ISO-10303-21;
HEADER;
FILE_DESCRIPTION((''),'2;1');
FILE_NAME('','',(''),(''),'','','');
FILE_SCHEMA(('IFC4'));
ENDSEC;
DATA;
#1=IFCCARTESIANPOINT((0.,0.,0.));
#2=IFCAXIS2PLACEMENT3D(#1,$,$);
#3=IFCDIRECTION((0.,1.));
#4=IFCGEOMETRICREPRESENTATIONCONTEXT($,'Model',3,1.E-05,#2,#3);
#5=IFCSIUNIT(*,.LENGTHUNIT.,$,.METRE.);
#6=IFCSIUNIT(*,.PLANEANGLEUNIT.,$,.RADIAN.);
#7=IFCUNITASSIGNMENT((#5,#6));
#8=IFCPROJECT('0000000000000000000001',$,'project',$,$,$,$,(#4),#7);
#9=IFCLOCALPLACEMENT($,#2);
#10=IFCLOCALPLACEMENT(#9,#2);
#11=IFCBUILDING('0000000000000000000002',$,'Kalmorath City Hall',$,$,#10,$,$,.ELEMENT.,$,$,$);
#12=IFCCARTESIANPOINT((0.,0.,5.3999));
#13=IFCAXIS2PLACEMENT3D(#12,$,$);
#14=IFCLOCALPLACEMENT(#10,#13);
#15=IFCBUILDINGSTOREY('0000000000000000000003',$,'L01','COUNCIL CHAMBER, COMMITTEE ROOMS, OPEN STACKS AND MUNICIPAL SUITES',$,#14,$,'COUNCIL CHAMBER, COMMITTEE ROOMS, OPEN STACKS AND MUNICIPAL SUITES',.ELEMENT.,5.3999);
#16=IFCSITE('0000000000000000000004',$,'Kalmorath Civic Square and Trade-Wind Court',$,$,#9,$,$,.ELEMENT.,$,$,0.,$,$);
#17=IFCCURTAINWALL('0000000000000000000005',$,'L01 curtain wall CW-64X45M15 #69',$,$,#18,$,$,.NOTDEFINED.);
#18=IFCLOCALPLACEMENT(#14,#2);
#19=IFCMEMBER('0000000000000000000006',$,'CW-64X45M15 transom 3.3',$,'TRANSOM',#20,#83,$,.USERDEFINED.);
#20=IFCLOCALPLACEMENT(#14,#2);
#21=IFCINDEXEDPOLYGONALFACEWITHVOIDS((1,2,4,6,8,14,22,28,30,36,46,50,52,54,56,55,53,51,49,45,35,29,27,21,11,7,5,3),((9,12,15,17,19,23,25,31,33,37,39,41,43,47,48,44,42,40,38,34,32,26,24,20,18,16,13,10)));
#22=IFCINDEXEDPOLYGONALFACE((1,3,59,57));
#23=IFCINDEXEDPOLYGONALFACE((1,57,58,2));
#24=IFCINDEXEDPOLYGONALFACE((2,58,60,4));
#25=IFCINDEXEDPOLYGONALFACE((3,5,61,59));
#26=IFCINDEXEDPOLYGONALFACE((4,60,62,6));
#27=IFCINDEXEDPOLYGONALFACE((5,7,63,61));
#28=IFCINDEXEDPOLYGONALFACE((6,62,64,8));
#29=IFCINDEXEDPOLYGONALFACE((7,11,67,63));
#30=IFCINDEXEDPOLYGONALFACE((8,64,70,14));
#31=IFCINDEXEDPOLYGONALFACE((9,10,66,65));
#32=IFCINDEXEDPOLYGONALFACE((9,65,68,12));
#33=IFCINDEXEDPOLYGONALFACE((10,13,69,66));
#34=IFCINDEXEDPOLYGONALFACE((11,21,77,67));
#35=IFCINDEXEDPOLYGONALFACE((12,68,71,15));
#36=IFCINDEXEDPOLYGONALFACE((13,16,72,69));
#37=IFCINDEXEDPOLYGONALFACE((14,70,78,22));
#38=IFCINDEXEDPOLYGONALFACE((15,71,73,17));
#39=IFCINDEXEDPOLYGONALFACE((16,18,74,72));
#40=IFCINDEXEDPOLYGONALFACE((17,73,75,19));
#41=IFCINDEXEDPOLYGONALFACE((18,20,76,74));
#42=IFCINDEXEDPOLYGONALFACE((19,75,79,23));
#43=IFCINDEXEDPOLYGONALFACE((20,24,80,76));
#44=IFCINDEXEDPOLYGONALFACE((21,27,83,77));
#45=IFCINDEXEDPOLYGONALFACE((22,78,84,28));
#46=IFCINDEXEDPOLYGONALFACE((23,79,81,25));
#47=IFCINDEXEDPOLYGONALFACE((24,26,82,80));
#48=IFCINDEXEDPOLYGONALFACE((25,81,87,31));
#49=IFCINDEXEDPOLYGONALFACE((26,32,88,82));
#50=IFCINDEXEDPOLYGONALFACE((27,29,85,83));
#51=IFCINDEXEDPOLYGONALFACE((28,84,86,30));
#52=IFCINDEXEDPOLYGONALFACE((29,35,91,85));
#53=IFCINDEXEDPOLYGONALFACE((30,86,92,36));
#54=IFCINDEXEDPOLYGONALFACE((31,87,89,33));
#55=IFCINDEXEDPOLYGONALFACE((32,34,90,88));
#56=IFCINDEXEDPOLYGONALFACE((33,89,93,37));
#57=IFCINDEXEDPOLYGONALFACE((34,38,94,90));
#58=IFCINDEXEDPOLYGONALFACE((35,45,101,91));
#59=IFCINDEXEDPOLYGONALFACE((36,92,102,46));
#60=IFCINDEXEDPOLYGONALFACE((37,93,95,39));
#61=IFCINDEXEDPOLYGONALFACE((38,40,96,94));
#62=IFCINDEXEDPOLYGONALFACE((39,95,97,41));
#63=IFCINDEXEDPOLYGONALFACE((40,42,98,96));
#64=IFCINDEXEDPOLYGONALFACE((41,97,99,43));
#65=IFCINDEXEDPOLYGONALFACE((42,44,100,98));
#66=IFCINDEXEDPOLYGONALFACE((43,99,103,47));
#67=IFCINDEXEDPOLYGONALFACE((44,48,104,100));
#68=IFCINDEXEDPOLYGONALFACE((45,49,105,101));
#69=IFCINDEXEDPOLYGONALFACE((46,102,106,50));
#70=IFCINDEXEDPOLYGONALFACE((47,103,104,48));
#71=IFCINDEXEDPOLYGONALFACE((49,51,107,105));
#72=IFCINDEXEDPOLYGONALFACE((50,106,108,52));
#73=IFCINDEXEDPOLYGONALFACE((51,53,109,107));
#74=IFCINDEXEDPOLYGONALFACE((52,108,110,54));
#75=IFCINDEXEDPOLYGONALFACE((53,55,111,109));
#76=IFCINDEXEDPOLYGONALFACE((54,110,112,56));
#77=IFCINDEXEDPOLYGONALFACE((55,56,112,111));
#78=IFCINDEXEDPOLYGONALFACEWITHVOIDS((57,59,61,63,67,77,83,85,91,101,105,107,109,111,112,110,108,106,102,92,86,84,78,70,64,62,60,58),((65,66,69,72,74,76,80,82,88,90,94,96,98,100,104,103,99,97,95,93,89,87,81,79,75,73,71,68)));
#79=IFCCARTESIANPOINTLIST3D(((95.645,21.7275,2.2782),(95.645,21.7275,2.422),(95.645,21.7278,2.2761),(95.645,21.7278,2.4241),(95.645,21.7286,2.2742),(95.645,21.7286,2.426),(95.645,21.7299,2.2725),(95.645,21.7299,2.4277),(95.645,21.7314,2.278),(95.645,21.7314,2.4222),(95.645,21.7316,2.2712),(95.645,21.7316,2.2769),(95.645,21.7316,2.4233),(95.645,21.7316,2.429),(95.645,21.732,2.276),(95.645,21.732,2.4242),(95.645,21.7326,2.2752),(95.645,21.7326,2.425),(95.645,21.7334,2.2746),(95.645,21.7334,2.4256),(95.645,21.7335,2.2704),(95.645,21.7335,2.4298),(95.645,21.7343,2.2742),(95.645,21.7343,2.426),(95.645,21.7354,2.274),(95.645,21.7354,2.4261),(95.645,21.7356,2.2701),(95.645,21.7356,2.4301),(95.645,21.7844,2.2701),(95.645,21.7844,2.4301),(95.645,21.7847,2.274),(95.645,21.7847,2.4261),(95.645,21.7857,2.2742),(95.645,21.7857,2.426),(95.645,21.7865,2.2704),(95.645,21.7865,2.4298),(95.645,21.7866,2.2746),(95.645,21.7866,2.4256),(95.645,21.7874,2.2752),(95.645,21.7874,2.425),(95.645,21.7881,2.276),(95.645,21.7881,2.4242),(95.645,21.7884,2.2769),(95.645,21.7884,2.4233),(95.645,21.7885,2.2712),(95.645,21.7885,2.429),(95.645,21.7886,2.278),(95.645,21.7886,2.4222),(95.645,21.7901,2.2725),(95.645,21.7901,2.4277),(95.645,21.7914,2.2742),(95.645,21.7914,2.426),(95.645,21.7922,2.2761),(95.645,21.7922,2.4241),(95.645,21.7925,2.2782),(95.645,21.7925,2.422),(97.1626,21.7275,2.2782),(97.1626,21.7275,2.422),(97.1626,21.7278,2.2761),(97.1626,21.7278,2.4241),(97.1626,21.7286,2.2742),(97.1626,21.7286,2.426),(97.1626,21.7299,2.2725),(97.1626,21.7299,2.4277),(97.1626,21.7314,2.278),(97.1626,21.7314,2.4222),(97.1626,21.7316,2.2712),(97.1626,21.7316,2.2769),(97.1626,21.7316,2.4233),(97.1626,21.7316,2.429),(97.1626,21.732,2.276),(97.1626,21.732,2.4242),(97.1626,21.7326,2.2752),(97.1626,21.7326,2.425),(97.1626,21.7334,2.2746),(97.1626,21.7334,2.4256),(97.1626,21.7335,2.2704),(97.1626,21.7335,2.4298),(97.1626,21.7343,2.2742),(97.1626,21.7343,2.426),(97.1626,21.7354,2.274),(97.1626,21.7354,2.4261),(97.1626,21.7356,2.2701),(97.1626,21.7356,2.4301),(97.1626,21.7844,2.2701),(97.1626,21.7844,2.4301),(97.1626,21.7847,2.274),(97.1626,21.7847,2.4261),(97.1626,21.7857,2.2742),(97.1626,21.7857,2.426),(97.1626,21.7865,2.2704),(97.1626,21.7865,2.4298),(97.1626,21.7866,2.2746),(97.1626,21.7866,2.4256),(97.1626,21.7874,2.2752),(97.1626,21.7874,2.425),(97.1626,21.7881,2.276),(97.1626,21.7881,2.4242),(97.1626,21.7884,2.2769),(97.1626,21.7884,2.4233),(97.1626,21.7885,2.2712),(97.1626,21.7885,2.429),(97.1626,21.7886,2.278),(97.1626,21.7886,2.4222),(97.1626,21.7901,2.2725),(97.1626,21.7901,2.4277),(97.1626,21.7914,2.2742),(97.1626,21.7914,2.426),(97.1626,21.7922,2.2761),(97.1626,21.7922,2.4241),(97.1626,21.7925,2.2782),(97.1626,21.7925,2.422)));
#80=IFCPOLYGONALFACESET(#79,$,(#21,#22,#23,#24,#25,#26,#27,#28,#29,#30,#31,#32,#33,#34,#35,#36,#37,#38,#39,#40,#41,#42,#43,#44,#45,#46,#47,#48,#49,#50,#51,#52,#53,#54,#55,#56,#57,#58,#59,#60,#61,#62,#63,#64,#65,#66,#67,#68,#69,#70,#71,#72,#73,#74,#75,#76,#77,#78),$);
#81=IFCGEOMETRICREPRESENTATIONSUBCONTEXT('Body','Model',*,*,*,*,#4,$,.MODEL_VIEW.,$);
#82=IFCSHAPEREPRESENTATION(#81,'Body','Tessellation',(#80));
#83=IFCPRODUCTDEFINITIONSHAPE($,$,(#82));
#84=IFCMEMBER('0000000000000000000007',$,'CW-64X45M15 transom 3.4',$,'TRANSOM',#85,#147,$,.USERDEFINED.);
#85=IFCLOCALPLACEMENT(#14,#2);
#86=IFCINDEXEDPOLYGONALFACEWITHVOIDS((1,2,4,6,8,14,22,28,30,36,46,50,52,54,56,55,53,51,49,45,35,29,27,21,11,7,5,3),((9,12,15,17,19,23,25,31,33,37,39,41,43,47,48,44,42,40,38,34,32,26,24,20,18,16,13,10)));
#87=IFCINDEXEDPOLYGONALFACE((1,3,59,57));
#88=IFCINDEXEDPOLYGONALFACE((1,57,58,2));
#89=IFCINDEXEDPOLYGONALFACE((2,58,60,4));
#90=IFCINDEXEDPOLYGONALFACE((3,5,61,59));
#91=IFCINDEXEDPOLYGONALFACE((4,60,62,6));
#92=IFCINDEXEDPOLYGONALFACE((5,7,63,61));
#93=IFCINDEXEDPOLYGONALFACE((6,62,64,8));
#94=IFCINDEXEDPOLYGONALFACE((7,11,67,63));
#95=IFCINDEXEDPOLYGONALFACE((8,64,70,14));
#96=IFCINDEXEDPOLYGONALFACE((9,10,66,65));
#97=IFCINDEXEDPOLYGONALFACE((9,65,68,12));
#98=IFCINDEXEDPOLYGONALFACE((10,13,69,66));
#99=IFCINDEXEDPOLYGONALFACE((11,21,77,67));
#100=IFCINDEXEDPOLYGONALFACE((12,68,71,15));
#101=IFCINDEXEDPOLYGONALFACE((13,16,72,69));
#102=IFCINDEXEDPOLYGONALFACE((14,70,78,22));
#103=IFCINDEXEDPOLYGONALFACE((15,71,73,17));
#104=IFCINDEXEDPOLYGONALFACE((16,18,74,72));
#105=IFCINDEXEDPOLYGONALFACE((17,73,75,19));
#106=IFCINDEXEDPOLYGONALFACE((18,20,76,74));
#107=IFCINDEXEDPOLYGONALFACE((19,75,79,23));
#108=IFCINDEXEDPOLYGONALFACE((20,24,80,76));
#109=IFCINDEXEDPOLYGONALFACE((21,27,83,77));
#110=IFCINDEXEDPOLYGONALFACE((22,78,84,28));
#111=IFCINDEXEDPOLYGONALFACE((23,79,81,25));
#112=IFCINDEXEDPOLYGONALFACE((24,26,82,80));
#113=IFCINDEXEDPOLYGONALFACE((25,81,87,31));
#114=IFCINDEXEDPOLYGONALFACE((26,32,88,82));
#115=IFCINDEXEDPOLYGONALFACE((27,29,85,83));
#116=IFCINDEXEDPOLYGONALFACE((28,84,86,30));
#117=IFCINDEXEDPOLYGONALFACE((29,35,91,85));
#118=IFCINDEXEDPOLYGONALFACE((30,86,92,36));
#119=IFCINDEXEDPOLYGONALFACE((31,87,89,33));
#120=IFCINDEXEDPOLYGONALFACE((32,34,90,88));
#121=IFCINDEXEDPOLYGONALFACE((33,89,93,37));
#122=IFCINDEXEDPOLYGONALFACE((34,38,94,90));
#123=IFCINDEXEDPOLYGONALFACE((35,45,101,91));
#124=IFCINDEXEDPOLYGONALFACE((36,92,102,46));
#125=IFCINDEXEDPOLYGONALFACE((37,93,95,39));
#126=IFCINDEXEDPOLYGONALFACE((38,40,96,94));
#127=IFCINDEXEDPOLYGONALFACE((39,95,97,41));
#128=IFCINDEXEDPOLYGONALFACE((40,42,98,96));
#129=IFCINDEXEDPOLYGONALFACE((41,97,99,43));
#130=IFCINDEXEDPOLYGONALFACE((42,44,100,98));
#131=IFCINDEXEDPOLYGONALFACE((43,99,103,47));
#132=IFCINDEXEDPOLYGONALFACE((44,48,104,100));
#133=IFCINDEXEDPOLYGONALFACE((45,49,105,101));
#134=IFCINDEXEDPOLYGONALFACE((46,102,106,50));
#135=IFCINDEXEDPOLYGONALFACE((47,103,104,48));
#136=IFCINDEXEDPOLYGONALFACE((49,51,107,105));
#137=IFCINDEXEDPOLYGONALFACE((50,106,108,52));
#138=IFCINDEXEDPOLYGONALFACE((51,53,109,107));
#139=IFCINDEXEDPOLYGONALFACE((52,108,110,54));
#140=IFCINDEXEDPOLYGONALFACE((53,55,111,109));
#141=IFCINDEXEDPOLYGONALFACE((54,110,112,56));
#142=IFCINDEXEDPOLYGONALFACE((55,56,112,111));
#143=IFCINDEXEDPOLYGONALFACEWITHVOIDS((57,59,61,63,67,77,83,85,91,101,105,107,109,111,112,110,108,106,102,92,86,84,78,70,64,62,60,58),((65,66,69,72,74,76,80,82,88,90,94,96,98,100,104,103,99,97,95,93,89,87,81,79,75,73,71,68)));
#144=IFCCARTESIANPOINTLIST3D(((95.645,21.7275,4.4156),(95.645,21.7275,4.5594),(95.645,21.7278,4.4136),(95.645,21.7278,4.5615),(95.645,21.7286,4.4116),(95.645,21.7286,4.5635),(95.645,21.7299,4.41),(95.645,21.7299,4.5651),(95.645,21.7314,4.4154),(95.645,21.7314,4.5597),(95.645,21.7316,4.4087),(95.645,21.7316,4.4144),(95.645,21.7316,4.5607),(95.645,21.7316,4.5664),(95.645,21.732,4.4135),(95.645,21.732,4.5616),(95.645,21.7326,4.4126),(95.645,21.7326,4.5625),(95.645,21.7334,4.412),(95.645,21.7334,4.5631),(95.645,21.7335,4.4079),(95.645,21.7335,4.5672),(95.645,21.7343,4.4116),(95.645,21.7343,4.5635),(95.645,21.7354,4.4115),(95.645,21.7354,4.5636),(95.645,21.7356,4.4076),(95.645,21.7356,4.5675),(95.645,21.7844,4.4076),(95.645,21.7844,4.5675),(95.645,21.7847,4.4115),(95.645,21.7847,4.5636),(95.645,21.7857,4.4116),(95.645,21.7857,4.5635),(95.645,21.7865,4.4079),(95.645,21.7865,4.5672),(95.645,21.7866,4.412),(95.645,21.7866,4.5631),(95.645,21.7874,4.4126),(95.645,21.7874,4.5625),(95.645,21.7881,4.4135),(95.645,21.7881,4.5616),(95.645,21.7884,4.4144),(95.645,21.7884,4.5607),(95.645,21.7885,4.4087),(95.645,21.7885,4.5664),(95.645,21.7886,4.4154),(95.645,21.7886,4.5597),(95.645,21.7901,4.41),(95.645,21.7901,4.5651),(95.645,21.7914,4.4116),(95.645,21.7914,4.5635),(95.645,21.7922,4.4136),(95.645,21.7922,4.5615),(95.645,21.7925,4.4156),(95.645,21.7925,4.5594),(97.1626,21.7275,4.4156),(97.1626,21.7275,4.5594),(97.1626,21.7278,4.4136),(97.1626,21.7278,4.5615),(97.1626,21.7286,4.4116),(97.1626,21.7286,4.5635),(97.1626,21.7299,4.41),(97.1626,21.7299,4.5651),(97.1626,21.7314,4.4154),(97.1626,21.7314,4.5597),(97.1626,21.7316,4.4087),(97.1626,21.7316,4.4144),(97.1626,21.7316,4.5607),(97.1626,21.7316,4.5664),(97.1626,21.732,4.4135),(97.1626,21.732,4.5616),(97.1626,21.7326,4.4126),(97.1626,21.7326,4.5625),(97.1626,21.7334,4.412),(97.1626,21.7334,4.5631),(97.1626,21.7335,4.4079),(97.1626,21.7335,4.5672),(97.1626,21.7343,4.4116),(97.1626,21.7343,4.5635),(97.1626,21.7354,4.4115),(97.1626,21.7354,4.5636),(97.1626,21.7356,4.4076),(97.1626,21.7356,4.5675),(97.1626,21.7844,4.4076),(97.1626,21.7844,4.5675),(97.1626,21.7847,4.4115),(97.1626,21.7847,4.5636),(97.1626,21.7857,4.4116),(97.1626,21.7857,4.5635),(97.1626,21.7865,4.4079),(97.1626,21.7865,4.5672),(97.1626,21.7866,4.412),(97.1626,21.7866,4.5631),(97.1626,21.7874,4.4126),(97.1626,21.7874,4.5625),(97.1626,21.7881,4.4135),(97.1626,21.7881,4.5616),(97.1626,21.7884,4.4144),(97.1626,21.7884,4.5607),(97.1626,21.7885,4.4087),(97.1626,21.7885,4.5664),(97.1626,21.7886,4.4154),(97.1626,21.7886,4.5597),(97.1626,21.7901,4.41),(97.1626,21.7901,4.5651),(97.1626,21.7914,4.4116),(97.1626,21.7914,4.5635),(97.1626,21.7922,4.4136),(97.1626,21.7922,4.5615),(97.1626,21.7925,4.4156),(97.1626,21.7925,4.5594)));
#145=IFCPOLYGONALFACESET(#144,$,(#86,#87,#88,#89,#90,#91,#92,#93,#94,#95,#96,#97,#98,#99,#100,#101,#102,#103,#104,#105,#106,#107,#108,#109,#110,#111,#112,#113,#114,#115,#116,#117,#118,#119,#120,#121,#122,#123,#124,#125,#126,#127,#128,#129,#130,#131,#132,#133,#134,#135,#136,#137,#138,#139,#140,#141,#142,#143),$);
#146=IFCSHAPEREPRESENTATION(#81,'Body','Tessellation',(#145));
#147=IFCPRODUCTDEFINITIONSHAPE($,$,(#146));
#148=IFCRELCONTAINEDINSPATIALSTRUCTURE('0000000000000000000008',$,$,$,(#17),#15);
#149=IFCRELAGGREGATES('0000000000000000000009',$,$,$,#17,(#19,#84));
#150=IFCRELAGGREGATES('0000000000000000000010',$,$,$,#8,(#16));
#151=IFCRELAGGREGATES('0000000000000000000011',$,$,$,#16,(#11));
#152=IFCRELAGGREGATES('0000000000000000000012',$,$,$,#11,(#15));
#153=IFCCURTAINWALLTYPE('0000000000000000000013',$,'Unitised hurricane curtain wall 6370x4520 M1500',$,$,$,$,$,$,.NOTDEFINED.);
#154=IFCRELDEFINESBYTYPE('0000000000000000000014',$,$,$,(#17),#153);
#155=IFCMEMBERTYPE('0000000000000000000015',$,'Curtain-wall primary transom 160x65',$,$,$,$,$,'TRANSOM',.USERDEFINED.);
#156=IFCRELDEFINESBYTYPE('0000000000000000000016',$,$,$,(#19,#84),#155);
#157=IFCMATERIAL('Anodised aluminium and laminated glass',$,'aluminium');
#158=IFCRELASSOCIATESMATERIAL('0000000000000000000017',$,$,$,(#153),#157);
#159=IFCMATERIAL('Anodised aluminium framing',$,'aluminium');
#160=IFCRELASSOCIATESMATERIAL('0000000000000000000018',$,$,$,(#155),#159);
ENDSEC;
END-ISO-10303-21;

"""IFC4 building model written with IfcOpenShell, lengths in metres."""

from ifc_helpers import new_model, si_unit, direction, frame, origin, origin_2d, place, context, subcontext, project, spatial, hollow_rectangle, extrude, material, material_profile, profile_set, type_object, element, aggregate, save


model = new_model("IFC4")

# Units and contexts
model_context = context("Model", 3, precision=1e-05, world=origin(), true_north=direction((0.0, 1.0)))
body_context = subcontext(model_context, "Body", "Model", "MODEL_VIEW")
ifc_project = project(units=[si_unit("LENGTHUNIT", "METRE"), si_unit("PLANEANGLEUNIT", "RADIAN")], contexts=[model_context])

# Site, building, storey
site_placement = place(None, origin())
site = spatial("IfcSite", under=ifc_project, at=site_placement, Name="Kalmorath Civic Square and Trade-Wind Court", CompositionType="ELEMENT", RefElevation=0.0)
building_placement = place(site_placement, origin())
building = spatial("IfcBuilding", under=site, at=building_placement, Name="Kalmorath City Hall", CompositionType="ELEMENT")
storey_placement = place(building_placement, frame((0.0, 0.0, 5.3999)))
storey = spatial("IfcBuildingStorey", under=building, at=storey_placement, Name="L01", Description="COUNCIL CHAMBER, COMMITTEE ROOMS, OPEN STACKS AND MUNICIPAL SUITES", LongName="COUNCIL CHAMBER, COMMITTEE ROOMS, OPEN STACKS AND MUNICIPAL SUITES", CompositionType="ELEMENT", Elevation=5.3999)

# Curtain wall
ifc_material_1 = material(Name="Anodised aluminium and laminated glass", Category="aluminium")
curtain_wall_type_1 = type_object("IfcCurtainWallType", Name="Unitised hurricane curtain wall 6370x4520 M1500", PredefinedType="NOTDEFINED", material=ifc_material_1)
curtain_wall_1_placement = place(storey_placement, origin())
curtain_wall_1 = element("IfcCurtainWall", 1, at=curtain_wall_1_placement, inside=storey, type_object=curtain_wall_type_1, Name="L01 curtain wall CW-64X45M15 #69", PredefinedType="NOTDEFINED")

# Members
ifc_material_2 = material(Name="Anodised aluminium framing", Category="aluminium")
ifc_material_profile_1 = material_profile(ifc_material_2, hollow_rectangle(XDim=0.0649, YDim=0.1599, WallThickness=0.0039, InnerFilletRadius=0.0039, OuterFilletRadius=0.0081, at=origin_2d()), Name="ALU-TRN-160X65X4")
ifc_profile_set_1 = profile_set([ifc_material_profile_1], Name="Anodised aluminium framing")
member_type_1 = type_object("IfcMemberType", Name="Curtain-wall primary transom 160x65", ElementType="TRANSOM", PredefinedType="USERDEFINED", material=ifc_profile_set_1)
member_1_placement = place(storey_placement, frame((97.1626, 21.76, 2.3501), z_axis=(-1.0, 0.0, 0.0), x_axis=(0.0, -1.0, 0.0)))
member_1 = element("IfcMember", 2, at=member_1_placement, type_object=member_type_1, Name="CW-64X45M15 transom 3.3", ObjectType="TRANSOM", PredefinedType="USERDEFINED", context=body_context, shape_type="SweptSolid", body=[
    extrude(hollow_rectangle(XDim=0.0649, YDim=0.1599, WallThickness=0.0039, InnerFilletRadius=0.0039, OuterFilletRadius=0.0081, at=origin_2d()), origin(), (0.0, 0.0, 1.0), 1.5176),
])
member_2_placement = place(storey_placement, frame((97.1626, 21.76, 4.4875), z_axis=(-1.0, 0.0, 0.0), x_axis=(0.0, -1.0, 0.0)))
member_2 = element("IfcMember", 3, at=member_2_placement, type_object=member_type_1, Name="CW-64X45M15 transom 3.4", ObjectType="TRANSOM", PredefinedType="USERDEFINED", context=body_context, shape_type="SweptSolid", body=[
    extrude(hollow_rectangle(XDim=0.0649, YDim=0.1599, WallThickness=0.0039, InnerFilletRadius=0.0039, OuterFilletRadius=0.0081, at=origin_2d()), origin(), (0.0, 0.0, 1.0), 1.5176),
])

aggregate(curtain_wall_1, [member_1, member_2])

save(model, "model.ifc")
